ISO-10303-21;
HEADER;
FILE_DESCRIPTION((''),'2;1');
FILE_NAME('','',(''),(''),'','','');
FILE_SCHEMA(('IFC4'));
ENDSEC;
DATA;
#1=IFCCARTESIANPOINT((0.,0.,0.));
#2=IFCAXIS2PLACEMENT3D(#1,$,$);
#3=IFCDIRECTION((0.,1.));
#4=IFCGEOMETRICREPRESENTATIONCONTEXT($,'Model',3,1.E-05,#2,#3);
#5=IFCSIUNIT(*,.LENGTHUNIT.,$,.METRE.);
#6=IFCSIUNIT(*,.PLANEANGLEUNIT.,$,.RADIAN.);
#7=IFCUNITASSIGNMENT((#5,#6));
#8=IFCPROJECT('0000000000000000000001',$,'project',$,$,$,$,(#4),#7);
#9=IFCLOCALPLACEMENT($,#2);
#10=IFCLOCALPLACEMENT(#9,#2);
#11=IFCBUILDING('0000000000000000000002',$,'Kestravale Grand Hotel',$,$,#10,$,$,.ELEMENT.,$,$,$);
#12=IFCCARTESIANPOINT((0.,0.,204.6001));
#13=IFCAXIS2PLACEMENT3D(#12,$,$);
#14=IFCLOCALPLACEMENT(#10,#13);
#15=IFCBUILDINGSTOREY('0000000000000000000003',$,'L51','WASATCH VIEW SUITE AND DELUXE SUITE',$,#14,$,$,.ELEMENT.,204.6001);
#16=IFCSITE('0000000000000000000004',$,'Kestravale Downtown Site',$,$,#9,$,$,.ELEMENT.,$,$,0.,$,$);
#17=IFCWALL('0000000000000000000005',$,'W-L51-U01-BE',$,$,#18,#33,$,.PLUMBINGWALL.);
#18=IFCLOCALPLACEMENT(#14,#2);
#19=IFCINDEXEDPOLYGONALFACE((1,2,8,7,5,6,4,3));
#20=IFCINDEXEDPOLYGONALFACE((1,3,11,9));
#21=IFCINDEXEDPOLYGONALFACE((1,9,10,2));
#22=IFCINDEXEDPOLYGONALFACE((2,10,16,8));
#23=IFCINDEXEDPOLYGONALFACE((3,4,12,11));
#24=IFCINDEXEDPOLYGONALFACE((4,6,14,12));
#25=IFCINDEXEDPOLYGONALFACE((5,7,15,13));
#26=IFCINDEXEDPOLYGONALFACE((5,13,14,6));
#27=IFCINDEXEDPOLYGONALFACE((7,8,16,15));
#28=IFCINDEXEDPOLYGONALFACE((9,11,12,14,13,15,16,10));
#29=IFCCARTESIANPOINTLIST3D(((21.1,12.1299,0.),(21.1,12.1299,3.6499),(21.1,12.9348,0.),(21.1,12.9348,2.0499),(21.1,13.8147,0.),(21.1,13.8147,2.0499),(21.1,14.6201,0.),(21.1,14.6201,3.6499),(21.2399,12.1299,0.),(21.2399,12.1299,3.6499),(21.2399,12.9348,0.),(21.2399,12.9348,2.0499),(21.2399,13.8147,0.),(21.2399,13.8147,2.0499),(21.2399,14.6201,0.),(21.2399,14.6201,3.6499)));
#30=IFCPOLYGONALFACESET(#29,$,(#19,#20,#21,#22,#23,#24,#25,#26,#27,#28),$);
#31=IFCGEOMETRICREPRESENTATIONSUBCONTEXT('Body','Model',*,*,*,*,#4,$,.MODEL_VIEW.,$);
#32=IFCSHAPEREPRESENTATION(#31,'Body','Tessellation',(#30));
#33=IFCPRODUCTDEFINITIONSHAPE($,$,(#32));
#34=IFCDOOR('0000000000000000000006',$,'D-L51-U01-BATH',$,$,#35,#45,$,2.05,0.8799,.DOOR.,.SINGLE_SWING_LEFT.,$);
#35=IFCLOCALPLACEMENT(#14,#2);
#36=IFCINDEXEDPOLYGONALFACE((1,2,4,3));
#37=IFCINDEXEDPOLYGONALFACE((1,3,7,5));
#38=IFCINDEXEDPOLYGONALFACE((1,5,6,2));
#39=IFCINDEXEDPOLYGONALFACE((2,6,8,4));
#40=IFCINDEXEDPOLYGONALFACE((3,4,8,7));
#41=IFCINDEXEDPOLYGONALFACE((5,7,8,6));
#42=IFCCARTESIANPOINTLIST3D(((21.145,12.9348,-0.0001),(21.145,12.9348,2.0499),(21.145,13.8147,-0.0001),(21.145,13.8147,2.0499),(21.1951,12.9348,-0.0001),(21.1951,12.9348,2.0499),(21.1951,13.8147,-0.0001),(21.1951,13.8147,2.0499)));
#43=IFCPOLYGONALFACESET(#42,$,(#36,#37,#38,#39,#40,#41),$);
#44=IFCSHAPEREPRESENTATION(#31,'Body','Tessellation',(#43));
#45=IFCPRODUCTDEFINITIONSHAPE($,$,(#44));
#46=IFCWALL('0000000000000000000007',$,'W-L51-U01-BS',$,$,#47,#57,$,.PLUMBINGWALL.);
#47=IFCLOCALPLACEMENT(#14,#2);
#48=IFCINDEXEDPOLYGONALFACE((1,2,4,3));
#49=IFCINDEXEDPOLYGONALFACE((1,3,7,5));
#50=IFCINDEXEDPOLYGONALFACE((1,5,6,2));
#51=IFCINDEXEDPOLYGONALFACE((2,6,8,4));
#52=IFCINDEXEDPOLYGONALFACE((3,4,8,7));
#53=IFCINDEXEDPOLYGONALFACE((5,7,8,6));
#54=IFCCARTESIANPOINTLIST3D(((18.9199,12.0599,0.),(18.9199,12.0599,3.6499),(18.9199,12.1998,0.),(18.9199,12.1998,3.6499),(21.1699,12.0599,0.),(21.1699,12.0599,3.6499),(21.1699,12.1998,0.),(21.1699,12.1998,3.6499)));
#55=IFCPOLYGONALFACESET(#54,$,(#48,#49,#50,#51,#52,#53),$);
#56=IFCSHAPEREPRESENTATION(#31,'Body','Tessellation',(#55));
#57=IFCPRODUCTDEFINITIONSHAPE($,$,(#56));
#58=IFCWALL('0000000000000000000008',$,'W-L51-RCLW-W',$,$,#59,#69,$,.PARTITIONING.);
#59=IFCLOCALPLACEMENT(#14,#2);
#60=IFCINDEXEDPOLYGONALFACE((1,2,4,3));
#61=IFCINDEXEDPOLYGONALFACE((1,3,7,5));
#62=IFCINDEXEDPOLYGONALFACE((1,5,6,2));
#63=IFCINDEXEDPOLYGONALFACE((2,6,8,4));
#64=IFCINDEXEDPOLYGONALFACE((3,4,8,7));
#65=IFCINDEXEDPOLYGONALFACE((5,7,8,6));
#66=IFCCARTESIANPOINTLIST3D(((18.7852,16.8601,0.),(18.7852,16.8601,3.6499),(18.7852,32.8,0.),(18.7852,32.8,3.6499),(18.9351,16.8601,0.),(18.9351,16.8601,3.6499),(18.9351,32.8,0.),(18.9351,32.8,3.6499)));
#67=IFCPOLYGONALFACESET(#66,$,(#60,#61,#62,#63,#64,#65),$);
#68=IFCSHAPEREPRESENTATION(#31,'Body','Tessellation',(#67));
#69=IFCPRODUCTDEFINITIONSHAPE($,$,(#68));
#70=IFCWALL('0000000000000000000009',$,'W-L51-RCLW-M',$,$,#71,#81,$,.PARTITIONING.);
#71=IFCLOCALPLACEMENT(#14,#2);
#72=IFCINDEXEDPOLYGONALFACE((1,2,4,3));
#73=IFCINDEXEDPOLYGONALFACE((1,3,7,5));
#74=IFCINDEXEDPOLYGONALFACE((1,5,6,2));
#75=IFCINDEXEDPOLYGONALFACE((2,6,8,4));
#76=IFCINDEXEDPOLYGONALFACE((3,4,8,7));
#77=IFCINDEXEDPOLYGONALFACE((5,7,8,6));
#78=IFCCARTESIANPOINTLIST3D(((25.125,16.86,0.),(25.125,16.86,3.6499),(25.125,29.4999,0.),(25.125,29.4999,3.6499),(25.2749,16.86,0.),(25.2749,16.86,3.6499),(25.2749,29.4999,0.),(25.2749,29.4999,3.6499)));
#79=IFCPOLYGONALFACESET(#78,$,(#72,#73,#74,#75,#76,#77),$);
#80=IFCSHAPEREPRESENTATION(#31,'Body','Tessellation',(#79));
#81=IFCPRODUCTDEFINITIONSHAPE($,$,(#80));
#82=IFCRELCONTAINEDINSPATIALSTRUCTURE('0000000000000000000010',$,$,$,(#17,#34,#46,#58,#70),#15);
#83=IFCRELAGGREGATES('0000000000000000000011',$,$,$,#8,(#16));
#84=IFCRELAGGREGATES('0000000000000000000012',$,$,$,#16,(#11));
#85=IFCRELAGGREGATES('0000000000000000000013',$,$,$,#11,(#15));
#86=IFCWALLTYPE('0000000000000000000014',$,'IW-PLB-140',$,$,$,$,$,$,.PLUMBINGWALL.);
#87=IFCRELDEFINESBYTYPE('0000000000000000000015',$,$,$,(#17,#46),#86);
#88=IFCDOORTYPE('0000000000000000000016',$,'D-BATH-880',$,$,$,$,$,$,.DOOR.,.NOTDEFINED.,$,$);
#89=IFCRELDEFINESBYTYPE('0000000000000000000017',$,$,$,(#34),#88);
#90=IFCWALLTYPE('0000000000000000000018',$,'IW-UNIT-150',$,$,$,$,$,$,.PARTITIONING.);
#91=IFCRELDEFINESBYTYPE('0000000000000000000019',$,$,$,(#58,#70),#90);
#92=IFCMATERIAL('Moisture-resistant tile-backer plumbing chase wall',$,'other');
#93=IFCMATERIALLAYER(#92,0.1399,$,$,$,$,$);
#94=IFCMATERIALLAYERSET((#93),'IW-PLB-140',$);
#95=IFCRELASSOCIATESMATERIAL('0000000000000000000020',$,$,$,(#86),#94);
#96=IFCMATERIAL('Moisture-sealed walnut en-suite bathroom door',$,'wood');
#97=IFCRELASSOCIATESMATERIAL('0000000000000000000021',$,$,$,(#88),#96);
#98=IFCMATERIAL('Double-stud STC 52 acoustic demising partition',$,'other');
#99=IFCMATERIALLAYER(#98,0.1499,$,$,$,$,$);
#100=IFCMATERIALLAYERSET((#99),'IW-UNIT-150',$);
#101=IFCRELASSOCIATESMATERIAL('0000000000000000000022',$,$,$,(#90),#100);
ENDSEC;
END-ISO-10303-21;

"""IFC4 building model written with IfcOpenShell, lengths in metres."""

from ifc_helpers import new_model, si_unit, direction, frame, frame_2d, origin, place, context, subcontext, project, spatial, rectangle, extrude, material, layer, layer_set, type_object, element, fill, save


model = new_model("IFC4")

# Units and contexts
model_context = context("Model", 3, precision=1e-05, world=origin(), true_north=direction((0.0, 1.0)))
body_context = subcontext(model_context, "Body", "Model", "MODEL_VIEW")
ifc_project = project(units=[si_unit("LENGTHUNIT", "METRE"), si_unit("PLANEANGLEUNIT", "RADIAN")], contexts=[model_context])

# Site, building, storey
site_placement = place(None, origin())
site = spatial("IfcSite", under=ifc_project, at=site_placement, Name="Kestravale Downtown Site", CompositionType="ELEMENT", RefElevation=0.0)
building_placement = place(site_placement, origin())
building = spatial("IfcBuilding", under=site, at=building_placement, Name="Kestravale Grand Hotel", CompositionType="ELEMENT")
storey_placement = place(building_placement, frame((0.0, 0.0, 204.6001)))
storey = spatial("IfcBuildingStorey", under=building, at=storey_placement, Name="L51", Description="WASATCH VIEW SUITE AND DELUXE SUITE", CompositionType="ELEMENT", Elevation=204.6001)

# Wall, opening, door
ifc_material_1 = material(Name="Moisture-resistant tile-backer plumbing chase wall", Category="other")
ifc_layer_1 = layer(ifc_material_1, 0.1399)
ifc_layer_set_1 = layer_set([ifc_layer_1], Name="IW-PLB-140")
wall_type_1 = type_object("IfcWallType", Name="IW-PLB-140", PredefinedType="PLUMBINGWALL", material=ifc_layer_set_1)
wall_1_placement = place(storey_placement, frame((21.1699, 12.1299, 0.0), z_axis=(0.0, 0.0, 1.0), x_axis=(0.0, 1.0, 0.0)))
wall_1 = element("IfcWall", 1, at=wall_1_placement, inside=storey, type_object=wall_type_1, Name="W-L51-U01-BE", PredefinedType="PLUMBINGWALL", context=body_context, shape_type="SweptSolid", body=[
    extrude(rectangle(XDim=2.4902, YDim=0.1399, at=frame_2d((1.2451, 0.0))), origin(), (0.0, 0.0, 1.0), 3.6499),
])
opening_1_placement = place(wall_1_placement, frame((0.8049, 0.0, 0.0)))
opening_1 = element("IfcOpeningElement", 2, at=opening_1_placement, cuts=wall_1, PredefinedType="OPENING", context=body_context, shape_type="SweptSolid", body=[
    extrude(rectangle(XDim=0.8799, YDim=2.05, at=frame_2d((0.4399, 1.0249))), frame((0.0, 0.0798, 0.0), z_axis=(0.0, -1.0, 0.0), x_axis=(1.0, 0.0, 0.0)), (0.0, 0.0, 1.0), 0.1599),
])
ifc_material_2 = material(Name="Moisture-sealed walnut en-suite bathroom door", Category="wood")
door_type_1 = type_object("IfcDoorType", Name="D-BATH-880", OperationType="NOTDEFINED", PredefinedType="DOOR", material=ifc_material_2)
door_1_placement = place(opening_1_placement, origin())
door_1 = element("IfcDoor", 3, at=door_1_placement, inside=storey, type_object=door_type_1, Name="D-L51-U01-BATH", OperationType="SINGLE_SWING_LEFT", OverallHeight=2.05, OverallWidth=0.8799, PredefinedType="DOOR", context=body_context, shape_type="SweptSolid", body=[
    extrude(rectangle(XDim=0.8799, YDim=2.05, at=frame_2d((0.4399, 1.0249))), frame((0.0, 0.0249, 0.0), z_axis=(0.0, -1.0, 0.0), x_axis=(1.0, 0.0, 0.0)), (0.0, 0.0, 1.0), 0.05),
])
fill(opening_1, door_1)

# Walls
wall_2_placement = place(storey_placement, frame((18.9199, 12.1299, 0.0), z_axis=(0.0, 0.0, 1.0), x_axis=(1.0, 0.0, 0.0)))
element("IfcWall", 4, at=wall_2_placement, inside=storey, type_object=wall_type_1, Name="W-L51-U01-BS", PredefinedType="PLUMBINGWALL", context=body_context, shape_type="SweptSolid", body=[
    extrude(rectangle(XDim=2.25, YDim=0.1399, at=frame_2d((1.125, 0.0))), origin(), (0.0, 0.0, 1.0), 3.6499),
])
ifc_material_3 = material(Name="Double-stud STC 52 acoustic demising partition", Category="other")
ifc_layer_2 = layer(ifc_material_3, 0.1499)
ifc_layer_set_2 = layer_set([ifc_layer_2], Name="IW-UNIT-150")
wall_type_2 = type_object("IfcWallType", Name="IW-UNIT-150", PredefinedType="PARTITIONING", material=ifc_layer_set_2)
wall_3_placement = place(storey_placement, frame((18.8601, 16.8601, 0.0), z_axis=(0.0, 0.0, 1.0), x_axis=(0.0, 1.0, 0.0)))
element("IfcWall", 5, at=wall_3_placement, inside=storey, type_object=wall_type_2, Name="W-L51-RCLW-W", PredefinedType="PARTITIONING", context=body_context, shape_type="SweptSolid", body=[
    extrude(rectangle(XDim=15.9399, YDim=0.1499, at=frame_2d((7.97, 0.0))), origin(), (0.0, 0.0, 1.0), 3.6499),
])
wall_4_placement = place(storey_placement, frame((25.2, 16.8601, 0.0), z_axis=(0.0, 0.0, 1.0), x_axis=(0.0, 1.0, 0.0)))
element("IfcWall", 6, at=wall_4_placement, inside=storey, type_object=wall_type_2, Name="W-L51-RCLW-M", PredefinedType="PARTITIONING", context=body_context, shape_type="SweptSolid", body=[
    extrude(rectangle(XDim=12.6399, YDim=0.1499, at=frame_2d((6.3198, 0.0))), origin(), (0.0, 0.0, 1.0), 3.6499),
])

save(model, "model.ifc")
